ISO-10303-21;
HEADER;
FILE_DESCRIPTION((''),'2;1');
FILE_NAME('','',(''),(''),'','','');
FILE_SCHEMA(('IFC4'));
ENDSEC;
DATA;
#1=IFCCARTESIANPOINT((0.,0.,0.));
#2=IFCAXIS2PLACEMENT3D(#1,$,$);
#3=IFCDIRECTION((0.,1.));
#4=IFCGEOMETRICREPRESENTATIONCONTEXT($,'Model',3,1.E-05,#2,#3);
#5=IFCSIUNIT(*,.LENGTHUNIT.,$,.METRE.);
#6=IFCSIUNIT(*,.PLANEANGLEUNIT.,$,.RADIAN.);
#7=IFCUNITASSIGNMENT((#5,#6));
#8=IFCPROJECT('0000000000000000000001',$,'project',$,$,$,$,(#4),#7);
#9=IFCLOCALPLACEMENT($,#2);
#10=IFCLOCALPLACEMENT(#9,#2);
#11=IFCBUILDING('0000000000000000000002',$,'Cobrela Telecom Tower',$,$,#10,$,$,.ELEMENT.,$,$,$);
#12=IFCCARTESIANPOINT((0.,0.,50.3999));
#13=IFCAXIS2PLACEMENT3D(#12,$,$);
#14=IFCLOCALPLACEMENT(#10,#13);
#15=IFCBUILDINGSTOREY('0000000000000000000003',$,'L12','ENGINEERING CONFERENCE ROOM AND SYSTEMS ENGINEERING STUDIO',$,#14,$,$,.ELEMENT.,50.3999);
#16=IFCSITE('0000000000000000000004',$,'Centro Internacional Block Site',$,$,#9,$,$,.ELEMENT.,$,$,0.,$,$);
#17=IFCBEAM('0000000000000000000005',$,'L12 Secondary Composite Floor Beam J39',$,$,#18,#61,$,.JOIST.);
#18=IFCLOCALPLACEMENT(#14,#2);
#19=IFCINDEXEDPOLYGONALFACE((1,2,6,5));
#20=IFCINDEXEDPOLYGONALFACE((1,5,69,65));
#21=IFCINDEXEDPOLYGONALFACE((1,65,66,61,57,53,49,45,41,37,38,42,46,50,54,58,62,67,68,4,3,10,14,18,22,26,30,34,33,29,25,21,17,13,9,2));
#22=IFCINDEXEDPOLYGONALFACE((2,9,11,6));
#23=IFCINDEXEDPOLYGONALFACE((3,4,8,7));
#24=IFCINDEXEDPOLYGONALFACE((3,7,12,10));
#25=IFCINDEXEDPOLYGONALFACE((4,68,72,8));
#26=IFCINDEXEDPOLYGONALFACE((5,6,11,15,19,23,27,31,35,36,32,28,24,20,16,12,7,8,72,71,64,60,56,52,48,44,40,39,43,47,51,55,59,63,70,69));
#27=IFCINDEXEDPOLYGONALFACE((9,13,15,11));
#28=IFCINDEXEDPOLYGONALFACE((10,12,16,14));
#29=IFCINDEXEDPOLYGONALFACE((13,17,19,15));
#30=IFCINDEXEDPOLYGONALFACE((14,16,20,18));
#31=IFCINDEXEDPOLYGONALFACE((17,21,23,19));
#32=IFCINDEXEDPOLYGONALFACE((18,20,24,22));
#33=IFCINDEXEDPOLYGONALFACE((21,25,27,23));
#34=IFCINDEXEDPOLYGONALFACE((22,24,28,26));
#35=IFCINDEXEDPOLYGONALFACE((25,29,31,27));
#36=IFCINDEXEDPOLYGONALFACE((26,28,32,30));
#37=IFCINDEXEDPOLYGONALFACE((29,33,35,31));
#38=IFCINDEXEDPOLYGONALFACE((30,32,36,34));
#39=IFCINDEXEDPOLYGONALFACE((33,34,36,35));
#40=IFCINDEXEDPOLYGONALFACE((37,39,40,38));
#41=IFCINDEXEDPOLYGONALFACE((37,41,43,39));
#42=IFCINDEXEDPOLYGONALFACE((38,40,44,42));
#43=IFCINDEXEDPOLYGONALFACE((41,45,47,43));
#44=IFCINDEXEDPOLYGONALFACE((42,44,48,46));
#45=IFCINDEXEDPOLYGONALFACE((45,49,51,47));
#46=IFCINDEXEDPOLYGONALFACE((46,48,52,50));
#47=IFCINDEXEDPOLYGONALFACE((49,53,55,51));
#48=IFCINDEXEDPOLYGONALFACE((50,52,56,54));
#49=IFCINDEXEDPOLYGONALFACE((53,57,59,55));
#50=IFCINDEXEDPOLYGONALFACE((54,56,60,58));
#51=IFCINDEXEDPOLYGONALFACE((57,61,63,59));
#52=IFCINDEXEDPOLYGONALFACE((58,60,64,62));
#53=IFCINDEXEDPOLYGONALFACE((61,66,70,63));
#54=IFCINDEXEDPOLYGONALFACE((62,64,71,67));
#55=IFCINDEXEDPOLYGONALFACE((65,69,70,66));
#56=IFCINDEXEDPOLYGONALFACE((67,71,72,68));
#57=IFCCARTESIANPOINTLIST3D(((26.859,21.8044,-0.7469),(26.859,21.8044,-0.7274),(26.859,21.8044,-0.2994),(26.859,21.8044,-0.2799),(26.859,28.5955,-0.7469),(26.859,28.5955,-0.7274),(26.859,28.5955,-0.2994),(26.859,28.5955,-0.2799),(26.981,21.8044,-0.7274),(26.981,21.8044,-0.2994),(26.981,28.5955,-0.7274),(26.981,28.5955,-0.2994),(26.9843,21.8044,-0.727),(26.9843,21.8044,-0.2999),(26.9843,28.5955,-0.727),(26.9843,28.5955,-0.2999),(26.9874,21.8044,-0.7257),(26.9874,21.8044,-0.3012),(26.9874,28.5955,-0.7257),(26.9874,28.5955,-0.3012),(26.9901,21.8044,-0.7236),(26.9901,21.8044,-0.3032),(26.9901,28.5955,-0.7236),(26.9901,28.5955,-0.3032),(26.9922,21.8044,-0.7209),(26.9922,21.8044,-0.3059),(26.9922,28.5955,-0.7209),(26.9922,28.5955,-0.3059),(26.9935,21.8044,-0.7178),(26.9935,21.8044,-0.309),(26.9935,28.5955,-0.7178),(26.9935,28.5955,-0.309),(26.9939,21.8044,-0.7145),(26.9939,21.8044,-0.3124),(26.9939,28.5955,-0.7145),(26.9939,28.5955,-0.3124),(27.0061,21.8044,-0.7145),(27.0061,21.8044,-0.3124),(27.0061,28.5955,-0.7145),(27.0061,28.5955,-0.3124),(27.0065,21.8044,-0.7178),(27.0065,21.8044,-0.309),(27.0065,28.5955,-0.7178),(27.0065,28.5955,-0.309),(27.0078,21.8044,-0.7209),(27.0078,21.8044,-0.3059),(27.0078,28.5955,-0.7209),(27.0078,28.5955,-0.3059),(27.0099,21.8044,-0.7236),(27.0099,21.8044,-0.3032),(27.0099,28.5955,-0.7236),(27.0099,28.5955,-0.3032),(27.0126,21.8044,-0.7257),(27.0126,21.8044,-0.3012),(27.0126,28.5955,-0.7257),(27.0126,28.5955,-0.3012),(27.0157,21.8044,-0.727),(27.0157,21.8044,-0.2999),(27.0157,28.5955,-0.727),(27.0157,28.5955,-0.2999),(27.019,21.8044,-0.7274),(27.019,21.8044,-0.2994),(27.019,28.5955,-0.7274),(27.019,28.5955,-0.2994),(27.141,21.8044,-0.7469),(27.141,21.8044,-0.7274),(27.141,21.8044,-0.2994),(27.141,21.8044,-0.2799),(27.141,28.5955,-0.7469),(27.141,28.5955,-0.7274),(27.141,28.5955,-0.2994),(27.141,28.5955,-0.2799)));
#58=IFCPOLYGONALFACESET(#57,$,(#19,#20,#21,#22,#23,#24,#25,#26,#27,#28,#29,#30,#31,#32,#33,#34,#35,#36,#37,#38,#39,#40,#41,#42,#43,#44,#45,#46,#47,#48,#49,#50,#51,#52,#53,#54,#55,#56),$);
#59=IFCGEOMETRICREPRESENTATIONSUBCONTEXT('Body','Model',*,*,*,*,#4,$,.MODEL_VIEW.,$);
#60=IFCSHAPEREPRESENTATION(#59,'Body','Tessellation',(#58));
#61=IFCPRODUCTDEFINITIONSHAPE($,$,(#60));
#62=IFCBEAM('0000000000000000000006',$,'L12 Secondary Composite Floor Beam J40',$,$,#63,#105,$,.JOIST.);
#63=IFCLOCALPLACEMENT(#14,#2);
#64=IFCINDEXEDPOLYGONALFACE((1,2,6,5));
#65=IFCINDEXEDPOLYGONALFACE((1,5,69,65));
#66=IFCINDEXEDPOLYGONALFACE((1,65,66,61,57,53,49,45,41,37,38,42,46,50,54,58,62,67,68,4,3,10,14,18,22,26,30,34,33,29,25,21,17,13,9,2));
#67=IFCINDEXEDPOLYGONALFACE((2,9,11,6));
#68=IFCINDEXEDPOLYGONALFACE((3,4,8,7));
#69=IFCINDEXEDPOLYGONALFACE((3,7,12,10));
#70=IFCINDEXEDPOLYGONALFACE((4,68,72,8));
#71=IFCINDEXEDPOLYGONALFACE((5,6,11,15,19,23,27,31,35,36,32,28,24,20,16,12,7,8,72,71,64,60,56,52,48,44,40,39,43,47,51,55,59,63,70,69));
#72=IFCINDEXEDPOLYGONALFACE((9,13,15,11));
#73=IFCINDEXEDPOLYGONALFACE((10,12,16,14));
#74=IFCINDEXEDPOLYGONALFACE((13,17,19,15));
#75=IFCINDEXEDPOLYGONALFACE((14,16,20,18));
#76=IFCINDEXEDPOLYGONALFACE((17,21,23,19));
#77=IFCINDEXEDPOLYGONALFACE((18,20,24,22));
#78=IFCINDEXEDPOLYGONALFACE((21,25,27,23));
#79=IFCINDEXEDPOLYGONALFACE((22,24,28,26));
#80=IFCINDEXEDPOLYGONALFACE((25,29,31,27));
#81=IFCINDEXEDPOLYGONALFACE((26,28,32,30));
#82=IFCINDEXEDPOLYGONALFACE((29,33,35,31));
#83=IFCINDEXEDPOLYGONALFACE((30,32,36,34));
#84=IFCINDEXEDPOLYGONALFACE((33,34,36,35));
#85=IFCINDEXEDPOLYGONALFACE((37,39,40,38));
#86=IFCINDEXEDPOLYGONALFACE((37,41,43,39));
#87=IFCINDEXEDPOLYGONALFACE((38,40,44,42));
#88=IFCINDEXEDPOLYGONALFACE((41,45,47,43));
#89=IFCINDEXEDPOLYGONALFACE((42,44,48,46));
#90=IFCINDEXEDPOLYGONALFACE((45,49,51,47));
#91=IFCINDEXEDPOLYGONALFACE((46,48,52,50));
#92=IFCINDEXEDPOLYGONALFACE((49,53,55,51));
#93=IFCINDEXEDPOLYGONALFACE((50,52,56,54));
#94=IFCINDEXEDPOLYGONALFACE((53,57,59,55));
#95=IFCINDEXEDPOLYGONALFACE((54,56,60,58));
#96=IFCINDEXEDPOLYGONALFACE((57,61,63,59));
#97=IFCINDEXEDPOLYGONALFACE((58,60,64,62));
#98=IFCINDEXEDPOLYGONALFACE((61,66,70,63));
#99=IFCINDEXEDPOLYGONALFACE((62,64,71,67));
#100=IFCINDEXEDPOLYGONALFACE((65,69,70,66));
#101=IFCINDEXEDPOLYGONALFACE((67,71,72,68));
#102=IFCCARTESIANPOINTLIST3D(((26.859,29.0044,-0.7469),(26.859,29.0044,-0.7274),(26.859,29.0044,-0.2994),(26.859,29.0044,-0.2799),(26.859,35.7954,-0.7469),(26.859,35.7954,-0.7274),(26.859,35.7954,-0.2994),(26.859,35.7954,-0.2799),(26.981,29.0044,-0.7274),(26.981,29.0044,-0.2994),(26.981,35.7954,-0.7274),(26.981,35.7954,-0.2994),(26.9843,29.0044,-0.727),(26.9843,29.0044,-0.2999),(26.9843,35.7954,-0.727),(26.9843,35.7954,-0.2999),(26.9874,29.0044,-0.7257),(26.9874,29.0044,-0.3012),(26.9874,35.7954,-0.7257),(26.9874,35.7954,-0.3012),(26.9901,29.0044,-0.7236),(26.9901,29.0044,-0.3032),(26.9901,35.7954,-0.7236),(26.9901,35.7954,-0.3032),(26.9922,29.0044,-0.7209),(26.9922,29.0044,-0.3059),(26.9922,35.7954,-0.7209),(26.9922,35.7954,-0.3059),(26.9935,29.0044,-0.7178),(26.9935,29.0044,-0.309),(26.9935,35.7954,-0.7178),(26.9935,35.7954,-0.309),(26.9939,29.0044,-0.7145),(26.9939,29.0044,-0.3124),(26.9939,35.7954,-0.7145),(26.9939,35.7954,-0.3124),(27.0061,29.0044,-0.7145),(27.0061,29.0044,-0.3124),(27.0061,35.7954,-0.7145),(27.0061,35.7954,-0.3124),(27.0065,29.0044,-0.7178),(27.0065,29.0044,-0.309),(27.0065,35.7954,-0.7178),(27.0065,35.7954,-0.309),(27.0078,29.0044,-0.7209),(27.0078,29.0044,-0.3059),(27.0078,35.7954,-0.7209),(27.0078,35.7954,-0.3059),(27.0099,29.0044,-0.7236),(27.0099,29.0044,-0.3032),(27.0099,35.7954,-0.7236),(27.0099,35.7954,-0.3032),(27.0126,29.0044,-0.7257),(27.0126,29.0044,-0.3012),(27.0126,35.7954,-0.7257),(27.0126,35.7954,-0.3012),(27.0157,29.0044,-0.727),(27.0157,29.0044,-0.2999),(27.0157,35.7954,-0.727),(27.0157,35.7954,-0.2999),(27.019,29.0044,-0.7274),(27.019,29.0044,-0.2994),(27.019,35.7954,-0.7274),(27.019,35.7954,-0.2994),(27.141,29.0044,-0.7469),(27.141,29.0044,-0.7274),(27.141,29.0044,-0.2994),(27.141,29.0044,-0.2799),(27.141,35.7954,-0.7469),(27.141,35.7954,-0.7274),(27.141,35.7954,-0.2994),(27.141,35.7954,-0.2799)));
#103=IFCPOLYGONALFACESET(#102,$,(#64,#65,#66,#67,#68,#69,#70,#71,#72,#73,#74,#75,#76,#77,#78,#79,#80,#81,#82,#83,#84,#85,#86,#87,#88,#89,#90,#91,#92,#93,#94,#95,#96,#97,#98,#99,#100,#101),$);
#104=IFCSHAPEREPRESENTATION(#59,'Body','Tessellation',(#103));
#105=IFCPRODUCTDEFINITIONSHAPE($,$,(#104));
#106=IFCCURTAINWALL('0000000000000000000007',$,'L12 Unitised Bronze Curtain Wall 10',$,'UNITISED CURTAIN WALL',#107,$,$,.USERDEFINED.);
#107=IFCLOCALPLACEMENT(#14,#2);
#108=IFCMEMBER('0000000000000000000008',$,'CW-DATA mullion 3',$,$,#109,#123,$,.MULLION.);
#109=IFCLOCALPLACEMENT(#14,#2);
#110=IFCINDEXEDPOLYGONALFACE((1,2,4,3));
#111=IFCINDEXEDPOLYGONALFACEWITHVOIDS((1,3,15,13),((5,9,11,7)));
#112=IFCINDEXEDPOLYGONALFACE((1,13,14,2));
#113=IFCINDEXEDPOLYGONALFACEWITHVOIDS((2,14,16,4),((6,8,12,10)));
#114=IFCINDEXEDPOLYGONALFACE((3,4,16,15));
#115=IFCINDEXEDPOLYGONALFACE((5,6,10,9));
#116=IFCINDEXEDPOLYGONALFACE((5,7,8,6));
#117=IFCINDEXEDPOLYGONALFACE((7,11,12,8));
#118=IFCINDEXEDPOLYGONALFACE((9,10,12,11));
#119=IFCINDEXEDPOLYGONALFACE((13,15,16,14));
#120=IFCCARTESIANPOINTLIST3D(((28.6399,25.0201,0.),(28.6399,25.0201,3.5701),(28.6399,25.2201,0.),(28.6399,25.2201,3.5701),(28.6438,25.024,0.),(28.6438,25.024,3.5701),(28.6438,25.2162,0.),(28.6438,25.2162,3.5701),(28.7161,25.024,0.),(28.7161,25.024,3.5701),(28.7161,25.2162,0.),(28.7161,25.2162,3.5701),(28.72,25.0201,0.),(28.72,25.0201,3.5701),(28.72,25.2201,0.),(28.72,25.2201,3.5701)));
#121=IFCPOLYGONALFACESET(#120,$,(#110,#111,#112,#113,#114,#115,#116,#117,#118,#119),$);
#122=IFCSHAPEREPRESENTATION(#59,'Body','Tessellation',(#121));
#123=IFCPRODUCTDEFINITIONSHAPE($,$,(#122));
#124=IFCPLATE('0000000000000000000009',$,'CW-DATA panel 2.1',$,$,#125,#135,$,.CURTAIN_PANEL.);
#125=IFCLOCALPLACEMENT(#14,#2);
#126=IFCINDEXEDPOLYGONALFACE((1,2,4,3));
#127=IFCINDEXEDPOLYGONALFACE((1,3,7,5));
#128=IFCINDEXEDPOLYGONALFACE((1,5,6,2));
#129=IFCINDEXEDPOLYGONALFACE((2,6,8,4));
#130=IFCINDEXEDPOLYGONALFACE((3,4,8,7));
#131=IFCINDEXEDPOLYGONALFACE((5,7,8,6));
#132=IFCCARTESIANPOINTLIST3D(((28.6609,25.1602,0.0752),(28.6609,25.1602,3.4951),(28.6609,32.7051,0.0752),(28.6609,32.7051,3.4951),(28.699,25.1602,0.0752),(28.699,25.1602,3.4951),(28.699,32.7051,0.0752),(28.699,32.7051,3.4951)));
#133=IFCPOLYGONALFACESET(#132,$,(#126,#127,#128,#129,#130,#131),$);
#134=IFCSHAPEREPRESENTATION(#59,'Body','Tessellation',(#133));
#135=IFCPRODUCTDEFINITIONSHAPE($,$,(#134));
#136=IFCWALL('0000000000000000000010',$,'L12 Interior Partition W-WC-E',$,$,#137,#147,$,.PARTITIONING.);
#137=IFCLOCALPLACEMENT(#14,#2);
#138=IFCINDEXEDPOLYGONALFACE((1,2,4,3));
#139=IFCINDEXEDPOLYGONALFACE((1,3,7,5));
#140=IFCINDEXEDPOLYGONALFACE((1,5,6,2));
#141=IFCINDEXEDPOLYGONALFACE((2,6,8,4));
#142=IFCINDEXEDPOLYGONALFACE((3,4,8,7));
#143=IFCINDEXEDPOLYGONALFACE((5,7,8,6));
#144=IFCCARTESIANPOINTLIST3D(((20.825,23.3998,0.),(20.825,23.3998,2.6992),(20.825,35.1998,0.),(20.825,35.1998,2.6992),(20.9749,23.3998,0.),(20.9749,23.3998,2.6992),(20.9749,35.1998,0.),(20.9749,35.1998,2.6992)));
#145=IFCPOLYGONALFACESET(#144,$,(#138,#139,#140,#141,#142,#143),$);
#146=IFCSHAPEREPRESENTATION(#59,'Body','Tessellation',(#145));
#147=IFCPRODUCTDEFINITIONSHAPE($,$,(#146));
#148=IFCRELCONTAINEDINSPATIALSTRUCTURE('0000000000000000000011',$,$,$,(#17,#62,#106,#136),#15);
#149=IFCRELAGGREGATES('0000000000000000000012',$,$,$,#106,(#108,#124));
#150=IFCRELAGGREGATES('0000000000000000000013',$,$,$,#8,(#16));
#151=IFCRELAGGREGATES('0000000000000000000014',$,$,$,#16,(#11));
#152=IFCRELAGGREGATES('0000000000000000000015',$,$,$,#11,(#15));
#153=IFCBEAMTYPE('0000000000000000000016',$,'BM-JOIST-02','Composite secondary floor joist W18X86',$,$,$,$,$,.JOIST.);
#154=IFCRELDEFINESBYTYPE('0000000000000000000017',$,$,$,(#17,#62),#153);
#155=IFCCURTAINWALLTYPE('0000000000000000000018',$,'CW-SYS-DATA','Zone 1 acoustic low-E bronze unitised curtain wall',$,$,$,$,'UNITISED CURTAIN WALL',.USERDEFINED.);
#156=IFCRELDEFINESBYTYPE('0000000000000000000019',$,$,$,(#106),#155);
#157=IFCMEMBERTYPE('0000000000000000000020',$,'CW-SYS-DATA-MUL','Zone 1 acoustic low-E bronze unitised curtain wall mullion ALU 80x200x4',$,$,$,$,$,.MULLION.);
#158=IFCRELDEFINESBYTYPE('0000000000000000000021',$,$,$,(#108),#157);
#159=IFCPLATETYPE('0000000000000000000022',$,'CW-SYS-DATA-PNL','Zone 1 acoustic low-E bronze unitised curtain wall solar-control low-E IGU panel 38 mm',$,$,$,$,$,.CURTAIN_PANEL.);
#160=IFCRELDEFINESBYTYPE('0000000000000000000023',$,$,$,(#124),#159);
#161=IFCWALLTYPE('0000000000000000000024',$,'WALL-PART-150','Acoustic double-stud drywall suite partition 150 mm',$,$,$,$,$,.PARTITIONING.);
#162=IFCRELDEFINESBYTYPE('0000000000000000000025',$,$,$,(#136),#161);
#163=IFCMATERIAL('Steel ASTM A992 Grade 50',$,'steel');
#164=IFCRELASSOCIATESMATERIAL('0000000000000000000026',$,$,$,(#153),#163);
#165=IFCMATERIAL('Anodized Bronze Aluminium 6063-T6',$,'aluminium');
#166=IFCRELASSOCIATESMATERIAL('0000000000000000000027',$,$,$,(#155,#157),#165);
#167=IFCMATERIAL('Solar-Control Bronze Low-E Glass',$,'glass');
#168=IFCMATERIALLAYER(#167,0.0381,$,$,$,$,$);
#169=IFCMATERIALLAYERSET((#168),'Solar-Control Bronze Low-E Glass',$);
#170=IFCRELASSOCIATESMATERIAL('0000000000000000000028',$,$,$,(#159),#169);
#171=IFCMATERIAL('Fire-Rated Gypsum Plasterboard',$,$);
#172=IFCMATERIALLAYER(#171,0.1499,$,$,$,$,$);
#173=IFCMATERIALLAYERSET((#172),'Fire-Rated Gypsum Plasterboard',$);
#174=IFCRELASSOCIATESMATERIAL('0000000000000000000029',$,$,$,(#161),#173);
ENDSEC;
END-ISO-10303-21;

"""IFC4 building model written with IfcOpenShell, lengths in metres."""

from ifc_helpers import new_model, si_unit, direction, frame, frame_2d, origin, origin_2d, place, context, subcontext, project, spatial, rectangle, hollow_rectangle, i_section, extrude, material, layer, layer_set, material_profile, profile_set, type_object, element, aggregate, save


model = new_model("IFC4")

# Units and contexts
model_context = context("Model", 3, precision=1e-05, world=origin(), true_north=direction((0.0, 1.0)))
body_context = subcontext(model_context, "Body", "Model", "MODEL_VIEW")
ifc_project = project(units=[si_unit("LENGTHUNIT", "METRE"), si_unit("PLANEANGLEUNIT", "RADIAN")], contexts=[model_context])

# Site, building, storey
site_placement = place(None, origin())
site = spatial("IfcSite", under=ifc_project, at=site_placement, Name="Centro Internacional Block Site", CompositionType="ELEMENT", RefElevation=0.0)
building_placement = place(site_placement, origin())
building = spatial("IfcBuilding", under=site, at=building_placement, Name="Cobrela Telecom Tower", CompositionType="ELEMENT")
storey_placement = place(building_placement, frame((0.0, 0.0, 50.3999)))
storey = spatial("IfcBuildingStorey", under=building, at=storey_placement, Name="L12", Description="ENGINEERING CONFERENCE ROOM AND SYSTEMS ENGINEERING STUDIO", CompositionType="ELEMENT", Elevation=50.3999)

# Shared definitions
ifc_material_1 = material(Name="Steel ASTM A992 Grade 50", Category="steel")

# Beams
ifc_material_profile_1 = material_profile(ifc_material_1, i_section(OverallWidth=0.282, OverallDepth=0.467, WebThickness=0.0122, FlangeThickness=0.0195, FilletRadius=0.0129, at=origin_2d()), Name="W18X86")
ifc_profile_set_1 = profile_set([ifc_material_profile_1], Name="Steel ASTM A992 Grade 50")
beam_type_1 = type_object("IfcBeamType", Name="BM-JOIST-02", Description="Composite secondary floor joist W18X86", PredefinedType="JOIST", material=ifc_profile_set_1)
for number, where, z_axis, x_axis, name in (
    (1, (27.0, 21.8044, -0.5134), (0.0, 1.0, 0.0), (-1.0, 0.0, 0.0), "L12 Secondary Composite Floor Beam J39"),
    (2, (27.0, 29.0044, -0.5134), (0.0, 1.0, 0.0), (-1.0, 0.0, 0.0), "L12 Secondary Composite Floor Beam J40"),
):
    element("IfcBeam", number, at=place(storey_placement, frame(where, z_axis=z_axis, x_axis=x_axis)), inside=storey, type_object=beam_type_1, Name=name, PredefinedType="JOIST", context=body_context, shape_type="SweptSolid", body=[
        extrude(i_section(OverallWidth=0.282, OverallDepth=0.467, WebThickness=0.0122, FlangeThickness=0.0195, FilletRadius=0.0129, at=origin_2d()), origin(), (0.0, 0.0, 1.0), 6.791),
    ])

# Curtain wall, member, plate
ifc_material_2 = material(Name="Anodized Bronze Aluminium 6063-T6", Category="aluminium")
curtain_wall_type = type_object("IfcCurtainWallType", Name="CW-SYS-DATA", Description="Zone 1 acoustic low-E bronze unitised curtain wall", ElementType="UNITISED CURTAIN WALL", PredefinedType="USERDEFINED", material=ifc_material_2)
curtain_wall_placement = place(storey_placement, origin())
curtain_wall = element("IfcCurtainWall", 3, at=curtain_wall_placement, inside=storey, type_object=curtain_wall_type, Name="L12 Unitised Bronze Curtain Wall 10", ObjectType="UNITISED CURTAIN WALL", PredefinedType="USERDEFINED")
ifc_material_profile_2 = material_profile(ifc_material_2, hollow_rectangle(XDim=0.0801, YDim=0.2, WallThickness=0.0039, at=origin_2d()), Name="ALU 80x200x4")
ifc_profile_set_2 = profile_set([ifc_material_profile_2], Name="Anodized Bronze Aluminium 6063-T6")
member_type = type_object("IfcMemberType", Name="CW-SYS-DATA-MUL", Description="Zone 1 acoustic low-E bronze unitised curtain wall mullion ALU 80x200x4", PredefinedType="MULLION", material=ifc_profile_set_2)
member_placement = place(storey_placement, frame((28.6799, 25.1201, 0.0), z_axis=(0.0, 0.0, 1.0), x_axis=(1.0, 0.0, 0.0)))
member = element("IfcMember", 4, at=member_placement, type_object=member_type, Name="CW-DATA mullion 3", PredefinedType="MULLION", context=body_context, shape_type="SweptSolid", body=[
    extrude(hollow_rectangle(XDim=0.0801, YDim=0.2, WallThickness=0.0039, at=origin_2d()), origin(), (0.0, 0.0, 1.0), 3.5701),
])
ifc_material_3 = material(Name="Solar-Control Bronze Low-E Glass", Category="glass")
ifc_layer_1 = layer(ifc_material_3, 0.0381)
ifc_layer_set_1 = layer_set([ifc_layer_1], Name="Solar-Control Bronze Low-E Glass")
plate_type = type_object("IfcPlateType", Name="CW-SYS-DATA-PNL", Description="Zone 1 acoustic low-E bronze unitised curtain wall solar-control low-E IGU panel 38 mm", PredefinedType="CURTAIN_PANEL", material=ifc_layer_set_1)
plate_placement = place(storey_placement, frame((28.6799, 28.9326, 0.0752), z_axis=(0.0, 0.0, 1.0), x_axis=(0.0, -1.0, 0.0)))
plate = element("IfcPlate", 5, at=plate_placement, type_object=plate_type, Name="CW-DATA panel 2.1", PredefinedType="CURTAIN_PANEL", context=body_context, shape_type="SweptSolid", body=[
    extrude(rectangle(XDim=7.5449, YDim=0.0381, at=origin_2d()), origin(), (0.0, 0.0, 1.0), 3.4199),
])
aggregate(curtain_wall, [member, plate])

# Wall
ifc_material_4 = material(Name="Fire-Rated Gypsum Plasterboard")
ifc_layer_2 = layer(ifc_material_4, 0.1499)
ifc_layer_set_2 = layer_set([ifc_layer_2], Name="Fire-Rated Gypsum Plasterboard")
wall_type = type_object("IfcWallType", Name="WALL-PART-150", Description="Acoustic double-stud drywall suite partition 150 mm", PredefinedType="PARTITIONING", material=ifc_layer_set_2)
wall_placement = place(storey_placement, frame((20.8999, 23.3999, 0.0), z_axis=(0.0, 0.0, 1.0), x_axis=(0.0, 1.0, 0.0)))
element("IfcWall", 6, at=wall_placement, inside=storey, type_object=wall_type, Name="L12 Interior Partition W-WC-E", PredefinedType="PARTITIONING", context=body_context, shape_type="SweptSolid", body=[
    extrude(rectangle(XDim=11.8, YDim=0.1499, at=frame_2d((5.8999, 0.0))), origin(), (0.0, 0.0, 1.0), 2.6992),
])

save(model, "model.ifc")
